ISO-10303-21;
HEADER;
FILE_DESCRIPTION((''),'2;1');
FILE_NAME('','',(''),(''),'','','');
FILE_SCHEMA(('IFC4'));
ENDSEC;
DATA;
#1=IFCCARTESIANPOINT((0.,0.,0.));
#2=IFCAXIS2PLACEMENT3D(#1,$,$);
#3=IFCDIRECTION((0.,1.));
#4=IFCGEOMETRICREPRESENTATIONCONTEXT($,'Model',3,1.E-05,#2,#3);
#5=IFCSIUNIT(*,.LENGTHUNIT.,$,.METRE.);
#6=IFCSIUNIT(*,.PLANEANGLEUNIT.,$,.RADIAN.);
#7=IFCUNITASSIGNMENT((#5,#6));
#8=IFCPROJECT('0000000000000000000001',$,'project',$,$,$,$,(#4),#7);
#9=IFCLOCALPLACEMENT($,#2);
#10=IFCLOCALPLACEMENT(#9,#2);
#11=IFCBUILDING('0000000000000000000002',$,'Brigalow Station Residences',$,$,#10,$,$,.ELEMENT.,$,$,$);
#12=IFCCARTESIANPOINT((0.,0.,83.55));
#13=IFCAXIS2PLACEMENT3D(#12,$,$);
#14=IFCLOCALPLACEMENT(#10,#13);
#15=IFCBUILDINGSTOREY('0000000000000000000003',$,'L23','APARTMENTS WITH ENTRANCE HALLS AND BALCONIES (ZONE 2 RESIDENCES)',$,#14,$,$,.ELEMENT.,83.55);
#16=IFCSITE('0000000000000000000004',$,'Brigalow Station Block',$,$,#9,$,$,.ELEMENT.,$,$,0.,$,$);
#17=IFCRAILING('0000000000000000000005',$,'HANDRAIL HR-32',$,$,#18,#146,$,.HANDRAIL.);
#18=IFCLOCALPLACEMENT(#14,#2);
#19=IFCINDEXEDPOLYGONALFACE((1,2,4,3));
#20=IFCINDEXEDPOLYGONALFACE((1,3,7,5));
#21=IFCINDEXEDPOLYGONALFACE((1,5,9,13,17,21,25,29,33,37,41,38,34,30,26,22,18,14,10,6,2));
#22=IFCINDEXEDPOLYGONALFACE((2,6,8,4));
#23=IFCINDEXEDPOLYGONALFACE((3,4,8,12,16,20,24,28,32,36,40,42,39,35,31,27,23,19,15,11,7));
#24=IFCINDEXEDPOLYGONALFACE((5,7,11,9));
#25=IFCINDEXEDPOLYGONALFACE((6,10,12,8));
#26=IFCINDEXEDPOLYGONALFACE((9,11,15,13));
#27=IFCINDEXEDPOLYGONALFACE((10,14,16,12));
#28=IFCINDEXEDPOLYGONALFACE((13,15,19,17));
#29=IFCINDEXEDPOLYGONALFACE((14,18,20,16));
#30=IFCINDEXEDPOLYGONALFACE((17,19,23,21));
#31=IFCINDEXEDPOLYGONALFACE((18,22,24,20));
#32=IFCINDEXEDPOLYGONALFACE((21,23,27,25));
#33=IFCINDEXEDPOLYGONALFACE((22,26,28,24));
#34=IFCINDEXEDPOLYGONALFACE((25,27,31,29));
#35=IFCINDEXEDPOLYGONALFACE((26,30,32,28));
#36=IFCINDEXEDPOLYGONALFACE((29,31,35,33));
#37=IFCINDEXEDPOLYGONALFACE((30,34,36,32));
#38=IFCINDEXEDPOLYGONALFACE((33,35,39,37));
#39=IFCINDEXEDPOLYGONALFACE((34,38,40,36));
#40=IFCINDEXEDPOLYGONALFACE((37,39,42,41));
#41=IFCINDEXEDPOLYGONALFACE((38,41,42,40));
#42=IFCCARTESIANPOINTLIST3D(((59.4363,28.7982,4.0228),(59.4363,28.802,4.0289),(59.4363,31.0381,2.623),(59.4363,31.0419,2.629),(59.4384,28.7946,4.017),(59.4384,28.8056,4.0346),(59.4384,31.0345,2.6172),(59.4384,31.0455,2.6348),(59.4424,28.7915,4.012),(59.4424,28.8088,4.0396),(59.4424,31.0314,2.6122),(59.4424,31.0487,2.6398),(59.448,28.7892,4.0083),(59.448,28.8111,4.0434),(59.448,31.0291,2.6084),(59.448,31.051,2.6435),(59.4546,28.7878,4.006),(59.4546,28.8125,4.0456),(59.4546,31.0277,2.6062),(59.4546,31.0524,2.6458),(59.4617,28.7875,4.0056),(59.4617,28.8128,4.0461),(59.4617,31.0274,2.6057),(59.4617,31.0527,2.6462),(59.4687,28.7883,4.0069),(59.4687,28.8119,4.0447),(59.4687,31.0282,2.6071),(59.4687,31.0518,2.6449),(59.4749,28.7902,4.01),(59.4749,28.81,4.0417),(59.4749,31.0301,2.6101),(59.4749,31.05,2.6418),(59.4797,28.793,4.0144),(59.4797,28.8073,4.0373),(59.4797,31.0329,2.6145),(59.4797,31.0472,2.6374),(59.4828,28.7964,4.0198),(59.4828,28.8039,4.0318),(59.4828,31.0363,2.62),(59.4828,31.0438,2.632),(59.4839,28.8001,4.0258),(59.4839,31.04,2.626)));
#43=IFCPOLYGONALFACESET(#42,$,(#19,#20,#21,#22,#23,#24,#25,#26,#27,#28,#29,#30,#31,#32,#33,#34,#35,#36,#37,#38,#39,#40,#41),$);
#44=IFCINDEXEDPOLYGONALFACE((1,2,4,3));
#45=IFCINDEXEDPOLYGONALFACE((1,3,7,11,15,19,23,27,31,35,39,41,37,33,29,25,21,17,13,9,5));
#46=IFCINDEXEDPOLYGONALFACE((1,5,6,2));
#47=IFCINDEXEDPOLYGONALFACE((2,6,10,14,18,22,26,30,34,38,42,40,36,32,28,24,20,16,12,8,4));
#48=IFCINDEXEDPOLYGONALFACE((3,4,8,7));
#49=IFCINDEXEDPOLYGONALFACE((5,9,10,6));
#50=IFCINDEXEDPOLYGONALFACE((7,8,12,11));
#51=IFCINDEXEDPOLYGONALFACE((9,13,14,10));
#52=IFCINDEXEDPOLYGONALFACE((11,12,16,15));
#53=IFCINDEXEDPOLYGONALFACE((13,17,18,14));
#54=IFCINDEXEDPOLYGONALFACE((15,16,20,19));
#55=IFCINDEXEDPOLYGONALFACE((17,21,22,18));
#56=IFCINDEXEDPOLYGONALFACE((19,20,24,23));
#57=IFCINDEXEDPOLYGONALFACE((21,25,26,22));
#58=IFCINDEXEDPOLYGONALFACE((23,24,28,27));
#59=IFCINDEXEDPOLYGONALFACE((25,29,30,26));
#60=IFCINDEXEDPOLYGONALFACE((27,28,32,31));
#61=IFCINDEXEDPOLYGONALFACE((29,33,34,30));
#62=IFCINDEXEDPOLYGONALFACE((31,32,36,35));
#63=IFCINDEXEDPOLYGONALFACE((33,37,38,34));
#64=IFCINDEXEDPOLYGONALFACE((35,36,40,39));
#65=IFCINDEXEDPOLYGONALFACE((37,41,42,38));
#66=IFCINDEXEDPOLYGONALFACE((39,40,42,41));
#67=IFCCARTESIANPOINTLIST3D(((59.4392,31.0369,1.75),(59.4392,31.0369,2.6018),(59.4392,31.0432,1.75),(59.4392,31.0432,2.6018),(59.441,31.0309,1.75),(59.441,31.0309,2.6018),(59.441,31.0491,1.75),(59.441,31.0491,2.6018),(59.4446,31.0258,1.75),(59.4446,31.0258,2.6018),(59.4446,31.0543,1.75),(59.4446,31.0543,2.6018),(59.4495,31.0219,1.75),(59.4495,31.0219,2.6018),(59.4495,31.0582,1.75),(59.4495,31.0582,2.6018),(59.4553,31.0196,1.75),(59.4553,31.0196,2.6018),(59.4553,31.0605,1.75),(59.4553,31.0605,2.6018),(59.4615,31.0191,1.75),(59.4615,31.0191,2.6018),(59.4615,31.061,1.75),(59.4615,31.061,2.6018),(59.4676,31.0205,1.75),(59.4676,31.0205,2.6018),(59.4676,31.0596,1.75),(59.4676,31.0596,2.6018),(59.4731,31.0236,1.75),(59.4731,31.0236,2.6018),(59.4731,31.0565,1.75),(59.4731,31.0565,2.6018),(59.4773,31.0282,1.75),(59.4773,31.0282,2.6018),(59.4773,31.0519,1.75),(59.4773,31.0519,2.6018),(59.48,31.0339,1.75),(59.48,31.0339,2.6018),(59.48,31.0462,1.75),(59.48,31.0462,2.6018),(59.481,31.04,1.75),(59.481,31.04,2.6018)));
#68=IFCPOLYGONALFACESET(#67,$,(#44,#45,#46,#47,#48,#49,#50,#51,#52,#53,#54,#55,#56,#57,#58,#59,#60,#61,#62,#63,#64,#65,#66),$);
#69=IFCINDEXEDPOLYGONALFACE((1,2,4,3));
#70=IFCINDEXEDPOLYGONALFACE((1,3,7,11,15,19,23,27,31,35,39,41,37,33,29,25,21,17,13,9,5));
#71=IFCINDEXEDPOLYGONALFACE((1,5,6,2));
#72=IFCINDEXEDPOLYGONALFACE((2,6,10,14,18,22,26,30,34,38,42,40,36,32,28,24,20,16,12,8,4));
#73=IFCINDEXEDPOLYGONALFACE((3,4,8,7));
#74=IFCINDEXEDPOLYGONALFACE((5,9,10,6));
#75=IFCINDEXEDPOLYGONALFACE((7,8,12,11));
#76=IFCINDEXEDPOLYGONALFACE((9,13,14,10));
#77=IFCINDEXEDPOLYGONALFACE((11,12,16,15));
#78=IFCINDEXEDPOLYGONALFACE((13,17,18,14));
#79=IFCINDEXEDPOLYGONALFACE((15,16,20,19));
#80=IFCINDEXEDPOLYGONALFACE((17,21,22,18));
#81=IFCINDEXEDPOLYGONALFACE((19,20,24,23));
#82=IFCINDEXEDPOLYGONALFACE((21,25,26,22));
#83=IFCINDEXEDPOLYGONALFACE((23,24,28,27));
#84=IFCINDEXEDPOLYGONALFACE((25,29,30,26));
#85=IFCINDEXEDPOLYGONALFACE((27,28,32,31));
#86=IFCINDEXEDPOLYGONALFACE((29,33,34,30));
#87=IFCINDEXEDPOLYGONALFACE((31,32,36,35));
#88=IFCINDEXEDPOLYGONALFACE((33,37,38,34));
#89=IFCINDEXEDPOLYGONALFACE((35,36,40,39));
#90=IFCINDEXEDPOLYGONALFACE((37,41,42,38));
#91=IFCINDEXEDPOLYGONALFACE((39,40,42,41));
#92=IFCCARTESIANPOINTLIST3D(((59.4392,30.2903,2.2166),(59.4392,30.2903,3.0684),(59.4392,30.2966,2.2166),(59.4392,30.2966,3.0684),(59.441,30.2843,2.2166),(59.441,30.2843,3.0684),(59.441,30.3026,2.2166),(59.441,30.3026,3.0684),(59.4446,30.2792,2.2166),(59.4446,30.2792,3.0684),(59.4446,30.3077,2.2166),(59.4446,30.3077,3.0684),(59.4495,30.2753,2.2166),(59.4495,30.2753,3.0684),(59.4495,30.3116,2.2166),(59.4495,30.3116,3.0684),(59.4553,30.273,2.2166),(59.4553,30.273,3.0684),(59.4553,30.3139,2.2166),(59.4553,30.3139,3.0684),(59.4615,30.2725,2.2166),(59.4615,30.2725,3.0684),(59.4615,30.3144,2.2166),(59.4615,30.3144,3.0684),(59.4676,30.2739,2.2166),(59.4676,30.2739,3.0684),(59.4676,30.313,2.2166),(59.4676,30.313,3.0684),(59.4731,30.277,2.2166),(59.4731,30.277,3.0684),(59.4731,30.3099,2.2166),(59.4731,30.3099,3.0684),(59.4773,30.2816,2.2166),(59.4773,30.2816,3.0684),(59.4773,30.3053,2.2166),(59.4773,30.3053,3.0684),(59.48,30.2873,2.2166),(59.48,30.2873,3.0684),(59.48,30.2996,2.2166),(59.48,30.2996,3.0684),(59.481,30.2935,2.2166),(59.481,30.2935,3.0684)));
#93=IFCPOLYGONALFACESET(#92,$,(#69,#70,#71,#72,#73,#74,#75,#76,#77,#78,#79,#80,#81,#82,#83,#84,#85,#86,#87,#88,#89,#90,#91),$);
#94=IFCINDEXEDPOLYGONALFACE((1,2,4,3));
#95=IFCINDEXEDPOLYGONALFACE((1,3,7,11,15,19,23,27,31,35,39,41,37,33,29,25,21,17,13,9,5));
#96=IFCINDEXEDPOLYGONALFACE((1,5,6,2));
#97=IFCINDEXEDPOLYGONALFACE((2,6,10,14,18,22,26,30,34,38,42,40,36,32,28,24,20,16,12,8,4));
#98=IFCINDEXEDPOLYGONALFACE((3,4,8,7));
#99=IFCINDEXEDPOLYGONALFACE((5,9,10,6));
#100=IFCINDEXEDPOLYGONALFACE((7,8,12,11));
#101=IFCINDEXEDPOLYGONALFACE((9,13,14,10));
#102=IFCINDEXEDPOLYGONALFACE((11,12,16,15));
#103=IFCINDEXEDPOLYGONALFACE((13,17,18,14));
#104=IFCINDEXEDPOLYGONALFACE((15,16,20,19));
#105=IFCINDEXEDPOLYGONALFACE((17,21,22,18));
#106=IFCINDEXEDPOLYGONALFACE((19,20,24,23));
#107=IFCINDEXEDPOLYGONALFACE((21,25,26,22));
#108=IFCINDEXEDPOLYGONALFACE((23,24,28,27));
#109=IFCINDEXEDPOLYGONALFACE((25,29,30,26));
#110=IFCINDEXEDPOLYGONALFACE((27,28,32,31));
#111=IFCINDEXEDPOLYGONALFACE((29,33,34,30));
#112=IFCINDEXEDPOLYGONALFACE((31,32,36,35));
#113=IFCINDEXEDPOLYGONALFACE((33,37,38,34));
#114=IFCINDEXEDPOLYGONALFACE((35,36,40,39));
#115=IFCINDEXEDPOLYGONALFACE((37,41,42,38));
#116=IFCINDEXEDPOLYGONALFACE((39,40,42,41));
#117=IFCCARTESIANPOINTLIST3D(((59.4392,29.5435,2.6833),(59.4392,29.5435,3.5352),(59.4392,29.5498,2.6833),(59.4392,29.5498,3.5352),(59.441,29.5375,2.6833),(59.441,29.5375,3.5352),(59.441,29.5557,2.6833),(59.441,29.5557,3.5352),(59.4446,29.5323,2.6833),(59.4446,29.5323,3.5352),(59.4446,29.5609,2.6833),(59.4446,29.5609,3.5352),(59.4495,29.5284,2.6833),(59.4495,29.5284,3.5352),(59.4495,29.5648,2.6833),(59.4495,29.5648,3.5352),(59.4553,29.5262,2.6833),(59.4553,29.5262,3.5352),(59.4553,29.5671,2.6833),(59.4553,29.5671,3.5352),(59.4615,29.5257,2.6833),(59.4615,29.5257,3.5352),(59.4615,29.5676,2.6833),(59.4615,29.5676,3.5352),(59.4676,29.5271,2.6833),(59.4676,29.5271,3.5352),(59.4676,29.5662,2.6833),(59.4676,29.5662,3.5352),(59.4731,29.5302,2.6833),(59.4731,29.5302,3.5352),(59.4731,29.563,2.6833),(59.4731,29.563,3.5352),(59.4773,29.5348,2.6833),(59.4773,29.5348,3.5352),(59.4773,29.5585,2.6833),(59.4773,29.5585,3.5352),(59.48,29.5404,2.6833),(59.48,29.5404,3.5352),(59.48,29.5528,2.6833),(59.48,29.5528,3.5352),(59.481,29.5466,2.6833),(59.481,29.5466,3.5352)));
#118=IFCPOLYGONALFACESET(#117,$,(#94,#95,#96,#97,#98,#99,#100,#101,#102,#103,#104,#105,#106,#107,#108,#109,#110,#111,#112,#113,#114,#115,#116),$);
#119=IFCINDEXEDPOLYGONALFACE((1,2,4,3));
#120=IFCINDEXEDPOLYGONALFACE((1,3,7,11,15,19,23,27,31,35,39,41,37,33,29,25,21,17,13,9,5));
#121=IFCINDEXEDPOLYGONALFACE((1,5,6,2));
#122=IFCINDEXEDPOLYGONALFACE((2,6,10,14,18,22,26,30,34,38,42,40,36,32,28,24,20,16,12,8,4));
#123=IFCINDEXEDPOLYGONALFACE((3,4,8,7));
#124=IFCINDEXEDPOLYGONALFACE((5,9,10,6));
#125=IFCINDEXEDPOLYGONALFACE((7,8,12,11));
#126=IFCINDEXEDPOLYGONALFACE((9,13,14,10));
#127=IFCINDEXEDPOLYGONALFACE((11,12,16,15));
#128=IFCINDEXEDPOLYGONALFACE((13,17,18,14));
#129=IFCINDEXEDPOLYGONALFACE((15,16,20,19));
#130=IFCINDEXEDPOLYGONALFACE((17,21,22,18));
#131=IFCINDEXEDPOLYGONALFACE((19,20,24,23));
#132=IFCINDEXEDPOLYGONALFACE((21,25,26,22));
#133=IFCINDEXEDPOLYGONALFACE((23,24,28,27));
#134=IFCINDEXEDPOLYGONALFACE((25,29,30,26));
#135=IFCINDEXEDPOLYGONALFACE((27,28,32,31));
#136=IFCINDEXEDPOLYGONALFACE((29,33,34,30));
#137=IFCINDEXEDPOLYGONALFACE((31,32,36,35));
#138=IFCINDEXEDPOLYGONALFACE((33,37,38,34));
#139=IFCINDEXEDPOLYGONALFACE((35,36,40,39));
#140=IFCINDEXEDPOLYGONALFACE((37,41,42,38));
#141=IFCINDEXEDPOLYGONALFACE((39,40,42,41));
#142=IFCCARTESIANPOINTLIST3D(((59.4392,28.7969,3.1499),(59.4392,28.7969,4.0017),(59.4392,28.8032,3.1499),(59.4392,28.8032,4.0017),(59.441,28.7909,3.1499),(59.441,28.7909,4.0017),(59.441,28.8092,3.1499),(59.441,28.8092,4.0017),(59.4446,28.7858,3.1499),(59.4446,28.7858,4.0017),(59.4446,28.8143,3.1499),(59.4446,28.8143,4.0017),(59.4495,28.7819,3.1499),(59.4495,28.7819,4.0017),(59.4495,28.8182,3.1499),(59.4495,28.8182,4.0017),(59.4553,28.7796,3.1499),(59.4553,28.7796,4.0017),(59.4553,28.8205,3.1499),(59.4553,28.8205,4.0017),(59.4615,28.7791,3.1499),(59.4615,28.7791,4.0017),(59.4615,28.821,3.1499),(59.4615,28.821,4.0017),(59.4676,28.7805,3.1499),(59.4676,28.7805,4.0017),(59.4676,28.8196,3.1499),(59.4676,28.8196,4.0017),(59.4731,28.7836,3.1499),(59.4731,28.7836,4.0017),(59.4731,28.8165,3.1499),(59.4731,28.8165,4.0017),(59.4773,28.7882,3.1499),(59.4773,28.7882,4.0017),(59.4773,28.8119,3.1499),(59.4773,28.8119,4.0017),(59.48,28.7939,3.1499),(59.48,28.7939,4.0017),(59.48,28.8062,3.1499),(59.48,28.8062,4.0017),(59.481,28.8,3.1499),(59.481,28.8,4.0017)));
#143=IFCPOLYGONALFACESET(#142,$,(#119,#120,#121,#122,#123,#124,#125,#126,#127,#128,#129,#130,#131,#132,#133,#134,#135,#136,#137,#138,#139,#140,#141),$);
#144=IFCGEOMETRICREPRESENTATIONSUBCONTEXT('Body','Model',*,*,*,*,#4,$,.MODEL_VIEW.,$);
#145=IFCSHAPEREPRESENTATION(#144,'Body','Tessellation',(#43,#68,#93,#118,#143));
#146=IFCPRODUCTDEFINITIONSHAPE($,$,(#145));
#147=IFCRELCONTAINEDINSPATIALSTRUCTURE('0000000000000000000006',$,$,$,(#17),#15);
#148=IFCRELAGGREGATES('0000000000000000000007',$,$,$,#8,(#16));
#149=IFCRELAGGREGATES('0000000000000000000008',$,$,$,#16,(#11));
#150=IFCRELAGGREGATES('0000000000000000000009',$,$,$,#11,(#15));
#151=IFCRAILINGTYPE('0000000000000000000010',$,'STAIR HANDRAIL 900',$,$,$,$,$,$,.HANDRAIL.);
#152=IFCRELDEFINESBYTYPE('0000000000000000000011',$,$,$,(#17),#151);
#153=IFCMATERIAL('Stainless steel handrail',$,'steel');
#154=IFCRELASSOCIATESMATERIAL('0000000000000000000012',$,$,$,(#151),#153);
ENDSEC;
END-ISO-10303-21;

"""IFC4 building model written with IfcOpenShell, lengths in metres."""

from ifc_helpers import new_model, si_unit, direction, frame, origin, origin_2d, place, context, subcontext, project, spatial, circle, extrude, material, type_object, element, save


model = new_model("IFC4")

# Units and contexts
model_context = context("Model", 3, precision=1e-05, world=origin(), true_north=direction((0.0, 1.0)))
body_context = subcontext(model_context, "Body", "Model", "MODEL_VIEW")
ifc_project = project(units=[si_unit("LENGTHUNIT", "METRE"), si_unit("PLANEANGLEUNIT", "RADIAN")], contexts=[model_context])

# Site, building, storey
site_placement = place(None, origin())
site = spatial("IfcSite", under=ifc_project, at=site_placement, Name="Brigalow Station Block", CompositionType="ELEMENT", RefElevation=0.0)
building_placement = place(site_placement, origin())
building = spatial("IfcBuilding", under=site, at=building_placement, Name="Brigalow Station Residences", CompositionType="ELEMENT")
storey_placement = place(building_placement, frame((0.0, 0.0, 83.55)))
storey = spatial("IfcBuildingStorey", under=building, at=storey_placement, Name="L23", Description="APARTMENTS WITH ENTRANCE HALLS AND BALCONIES (ZONE 2 RESIDENCES)", CompositionType="ELEMENT", Elevation=83.55)

# Railing
ifc_material_1 = material(Name="Stainless steel handrail", Category="steel")
railing_type = type_object("IfcRailingType", Name="STAIR HANDRAIL 900", PredefinedType="HANDRAIL", material=ifc_material_1)
railing_placement = place(storey_placement, frame((59.46, 31.04, 1.75)))
element("IfcRailing", 1, at=railing_placement, inside=storey, type_object=railing_type, Name="HANDRAIL HR-32", PredefinedType="HANDRAIL", context=body_context, shape_type="SweptSolid", body=[
    extrude(circle(Radius=0.0239, at=origin_2d()), frame((0.0, 0.0, 0.876), z_axis=(0.0, -0.848014, 0.529974), x_axis=(1.0, 0.0, 0.0)), (0.0, 0.0, 1.0), 2.6414),
    extrude(circle(Radius=0.021, at=origin_2d()), origin(), (0.0, 0.0, 1.0), 0.8518),
    extrude(circle(Radius=0.021, at=origin_2d()), frame((0.0, -0.7466, 0.4666)), (0.0, 0.0, 1.0), 0.8518),
    extrude(circle(Radius=0.021, at=origin_2d()), frame((0.0, -1.4934, 0.9333)), (0.0, 0.0, 1.0), 0.8518),
    extrude(circle(Radius=0.021, at=origin_2d()), frame((0.0, -2.24, 1.3999)), (0.0, 0.0, 1.0), 0.8518),
])

save(model, "model.ifc")
